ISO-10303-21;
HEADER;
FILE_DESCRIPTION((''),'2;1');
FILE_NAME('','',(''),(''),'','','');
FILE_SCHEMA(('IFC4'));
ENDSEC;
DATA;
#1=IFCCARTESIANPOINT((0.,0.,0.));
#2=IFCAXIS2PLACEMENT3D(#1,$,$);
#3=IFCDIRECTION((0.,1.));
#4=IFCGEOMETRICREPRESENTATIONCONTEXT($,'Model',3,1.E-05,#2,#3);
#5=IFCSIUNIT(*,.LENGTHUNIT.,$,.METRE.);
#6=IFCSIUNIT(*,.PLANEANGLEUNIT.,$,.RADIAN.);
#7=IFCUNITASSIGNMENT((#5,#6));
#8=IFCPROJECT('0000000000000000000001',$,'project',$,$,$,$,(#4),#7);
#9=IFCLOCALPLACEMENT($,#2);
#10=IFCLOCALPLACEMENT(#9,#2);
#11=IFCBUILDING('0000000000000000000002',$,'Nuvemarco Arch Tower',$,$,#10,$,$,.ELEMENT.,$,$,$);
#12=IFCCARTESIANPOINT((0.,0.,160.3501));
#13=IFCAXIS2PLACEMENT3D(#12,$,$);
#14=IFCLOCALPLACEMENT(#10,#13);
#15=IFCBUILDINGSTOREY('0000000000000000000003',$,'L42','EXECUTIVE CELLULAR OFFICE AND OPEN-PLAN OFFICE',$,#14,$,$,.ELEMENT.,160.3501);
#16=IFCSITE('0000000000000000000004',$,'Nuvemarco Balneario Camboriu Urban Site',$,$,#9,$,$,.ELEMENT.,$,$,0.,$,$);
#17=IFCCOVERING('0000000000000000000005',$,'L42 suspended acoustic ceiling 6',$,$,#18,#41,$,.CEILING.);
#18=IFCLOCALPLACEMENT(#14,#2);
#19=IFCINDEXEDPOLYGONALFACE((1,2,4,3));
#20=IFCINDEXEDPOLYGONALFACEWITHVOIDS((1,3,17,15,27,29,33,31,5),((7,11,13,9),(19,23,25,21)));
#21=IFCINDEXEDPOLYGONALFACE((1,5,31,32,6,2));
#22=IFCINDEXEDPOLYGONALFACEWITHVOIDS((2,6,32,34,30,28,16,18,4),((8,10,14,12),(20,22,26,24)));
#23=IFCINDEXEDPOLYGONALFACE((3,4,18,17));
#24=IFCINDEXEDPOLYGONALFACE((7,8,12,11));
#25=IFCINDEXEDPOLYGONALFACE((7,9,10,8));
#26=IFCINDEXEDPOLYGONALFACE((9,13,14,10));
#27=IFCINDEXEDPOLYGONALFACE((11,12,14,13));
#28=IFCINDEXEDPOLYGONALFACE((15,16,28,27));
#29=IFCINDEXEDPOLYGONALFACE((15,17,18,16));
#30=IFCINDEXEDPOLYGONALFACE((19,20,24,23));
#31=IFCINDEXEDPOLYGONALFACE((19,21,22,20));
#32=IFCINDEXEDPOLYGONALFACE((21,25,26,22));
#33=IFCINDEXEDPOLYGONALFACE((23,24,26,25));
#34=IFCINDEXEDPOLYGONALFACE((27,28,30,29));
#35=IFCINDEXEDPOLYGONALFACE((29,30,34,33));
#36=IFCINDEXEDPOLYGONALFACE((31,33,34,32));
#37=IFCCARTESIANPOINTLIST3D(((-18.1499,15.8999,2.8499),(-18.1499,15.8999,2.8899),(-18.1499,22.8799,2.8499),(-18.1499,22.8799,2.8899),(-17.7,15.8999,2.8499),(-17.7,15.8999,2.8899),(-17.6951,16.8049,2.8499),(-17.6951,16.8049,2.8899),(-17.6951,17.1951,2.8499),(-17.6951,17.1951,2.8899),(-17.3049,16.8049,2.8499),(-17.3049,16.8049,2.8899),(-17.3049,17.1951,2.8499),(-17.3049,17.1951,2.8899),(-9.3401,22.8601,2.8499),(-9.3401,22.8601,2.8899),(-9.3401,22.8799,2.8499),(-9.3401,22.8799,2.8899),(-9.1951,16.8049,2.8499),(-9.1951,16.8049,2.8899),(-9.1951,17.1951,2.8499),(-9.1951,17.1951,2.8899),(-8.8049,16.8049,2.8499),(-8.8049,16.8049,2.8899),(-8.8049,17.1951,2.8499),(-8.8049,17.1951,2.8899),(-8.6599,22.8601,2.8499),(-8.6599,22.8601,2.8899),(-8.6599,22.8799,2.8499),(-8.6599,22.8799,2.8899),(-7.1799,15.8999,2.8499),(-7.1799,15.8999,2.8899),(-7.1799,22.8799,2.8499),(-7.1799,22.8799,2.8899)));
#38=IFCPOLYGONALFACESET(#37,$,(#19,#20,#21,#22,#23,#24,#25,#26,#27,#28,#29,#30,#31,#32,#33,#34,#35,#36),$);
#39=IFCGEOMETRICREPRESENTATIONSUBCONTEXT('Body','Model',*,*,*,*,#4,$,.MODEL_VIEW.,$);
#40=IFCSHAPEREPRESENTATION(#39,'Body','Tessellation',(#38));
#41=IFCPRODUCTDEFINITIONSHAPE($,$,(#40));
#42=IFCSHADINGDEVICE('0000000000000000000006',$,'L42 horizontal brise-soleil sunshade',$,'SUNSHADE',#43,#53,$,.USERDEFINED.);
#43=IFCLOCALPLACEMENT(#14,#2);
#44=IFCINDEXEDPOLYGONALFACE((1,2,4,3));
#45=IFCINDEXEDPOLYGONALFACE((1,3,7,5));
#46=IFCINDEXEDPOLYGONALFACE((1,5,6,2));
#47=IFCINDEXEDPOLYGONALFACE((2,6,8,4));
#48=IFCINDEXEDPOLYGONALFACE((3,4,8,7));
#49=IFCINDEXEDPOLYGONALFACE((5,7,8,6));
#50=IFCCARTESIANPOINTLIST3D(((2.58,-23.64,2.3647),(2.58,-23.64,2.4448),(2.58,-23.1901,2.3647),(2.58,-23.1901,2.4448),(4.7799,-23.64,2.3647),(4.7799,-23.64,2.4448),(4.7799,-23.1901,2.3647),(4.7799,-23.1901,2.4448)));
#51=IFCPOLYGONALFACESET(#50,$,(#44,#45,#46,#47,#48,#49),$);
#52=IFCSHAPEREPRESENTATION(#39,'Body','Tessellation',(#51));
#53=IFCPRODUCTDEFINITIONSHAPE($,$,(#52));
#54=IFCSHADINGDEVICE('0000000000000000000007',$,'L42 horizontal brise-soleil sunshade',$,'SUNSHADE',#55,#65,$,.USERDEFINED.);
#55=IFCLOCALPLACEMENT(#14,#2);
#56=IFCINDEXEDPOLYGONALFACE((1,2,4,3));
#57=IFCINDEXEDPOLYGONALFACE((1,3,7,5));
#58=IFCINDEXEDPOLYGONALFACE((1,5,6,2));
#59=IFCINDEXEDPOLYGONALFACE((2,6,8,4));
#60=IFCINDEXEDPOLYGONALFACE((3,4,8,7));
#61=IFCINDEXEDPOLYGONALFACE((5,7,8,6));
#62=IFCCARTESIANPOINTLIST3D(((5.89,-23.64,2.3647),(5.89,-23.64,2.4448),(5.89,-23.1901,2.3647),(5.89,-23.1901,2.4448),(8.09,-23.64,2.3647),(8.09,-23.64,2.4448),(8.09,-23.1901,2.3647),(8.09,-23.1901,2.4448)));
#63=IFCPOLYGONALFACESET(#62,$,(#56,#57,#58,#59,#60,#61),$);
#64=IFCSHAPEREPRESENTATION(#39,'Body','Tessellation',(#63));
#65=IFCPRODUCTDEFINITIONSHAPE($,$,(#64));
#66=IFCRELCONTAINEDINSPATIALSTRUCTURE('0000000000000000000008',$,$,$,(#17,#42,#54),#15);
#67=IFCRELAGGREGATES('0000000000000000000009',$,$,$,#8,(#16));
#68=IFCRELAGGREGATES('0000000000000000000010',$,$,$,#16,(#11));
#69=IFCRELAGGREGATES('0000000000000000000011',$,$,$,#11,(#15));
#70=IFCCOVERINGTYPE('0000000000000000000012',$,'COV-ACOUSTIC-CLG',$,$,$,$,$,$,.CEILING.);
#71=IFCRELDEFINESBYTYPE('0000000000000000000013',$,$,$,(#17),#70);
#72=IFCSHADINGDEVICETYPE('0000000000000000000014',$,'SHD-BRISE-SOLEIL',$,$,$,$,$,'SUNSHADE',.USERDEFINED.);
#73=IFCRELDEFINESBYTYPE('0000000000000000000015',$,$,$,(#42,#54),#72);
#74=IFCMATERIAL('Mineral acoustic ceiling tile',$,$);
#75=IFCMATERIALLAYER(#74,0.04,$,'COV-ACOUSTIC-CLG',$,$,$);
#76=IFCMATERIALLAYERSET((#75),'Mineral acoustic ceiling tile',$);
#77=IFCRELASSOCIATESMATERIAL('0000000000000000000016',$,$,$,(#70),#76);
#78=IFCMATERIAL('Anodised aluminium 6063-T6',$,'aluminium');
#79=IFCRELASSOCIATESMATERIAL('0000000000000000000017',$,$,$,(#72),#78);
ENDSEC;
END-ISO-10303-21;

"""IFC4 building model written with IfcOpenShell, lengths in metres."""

from ifc_helpers import new_model, si_unit, direction, frame, origin, origin_2d, place, context, subcontext, project, spatial, polyline, rectangle, outline, extrude, source, transform, mapped, material, layer, layer_set, type_object, type_shapes, element, save


model = new_model("IFC4")

# Units and contexts
model_context = context("Model", 3, precision=1e-05, world=origin(), true_north=direction((0.0, 1.0)))
body_context = subcontext(model_context, "Body", "Model", "MODEL_VIEW")
ifc_project = project(units=[si_unit("LENGTHUNIT", "METRE"), si_unit("PLANEANGLEUNIT", "RADIAN")], contexts=[model_context])

# Site, building, storey
site_placement = place(None, origin())
site = spatial("IfcSite", under=ifc_project, at=site_placement, Name="Nuvemarco Balneario Camboriu Urban Site", CompositionType="ELEMENT", RefElevation=0.0)
building_placement = place(site_placement, origin())
building = spatial("IfcBuilding", under=site, at=building_placement, Name="Nuvemarco Arch Tower", CompositionType="ELEMENT")
storey_placement = place(building_placement, frame((0.0, 0.0, 160.3501)))
storey = spatial("IfcBuildingStorey", under=building, at=storey_placement, Name="L42", Description="EXECUTIVE CELLULAR OFFICE AND OPEN-PLAN OFFICE", CompositionType="ELEMENT", Elevation=160.3501)

# Covering
ifc_material_1 = material(Name="Mineral acoustic ceiling tile")
ifc_layer_1 = layer(ifc_material_1, 0.04, Name="COV-ACOUSTIC-CLG")
ifc_layer_set_1 = layer_set([ifc_layer_1], Name="Mineral acoustic ceiling tile")
covering_type = type_object("IfcCoveringType", Name="COV-ACOUSTIC-CLG", PredefinedType="CEILING", material=ifc_layer_set_1)
covering_1_placement = place(storey_placement, frame((0.0, 0.0, 2.8499)))
element("IfcCovering", 1, at=covering_1_placement, inside=storey, type_object=covering_type, Name="L42 suspended acoustic ceiling 6", PredefinedType="CEILING", context=body_context, shape_type="SweptSolid", body=[
    extrude(outline(polyline([(-9.3401, 22.8601), (-8.6599, 22.8601), (-8.6599, 22.8799), (-7.1799, 22.8799), (-7.1799, 15.8999), (-17.7, 15.8999), (-18.1499, 15.8999), (-18.1499, 22.8799), (-9.3401, 22.8799), (-9.3401, 22.8601)]), holes=[polyline([(-17.3049, 16.8049), (-17.3049, 17.1951), (-17.6951, 17.1951), (-17.6951, 16.8049), (-17.3049, 16.8049)]), polyline([(-8.8049, 16.8049), (-8.8049, 17.1951), (-9.1951, 17.1951), (-9.1951, 16.8049), (-8.8049, 16.8049)])]), origin(), (0.0, 0.0, 1.0), 0.04),
])

# Shading devices
ifc_material_2 = material(Name="Anodised aluminium 6063-T6", Category="aluminium")
shading_device_type = type_object("IfcShadingDeviceType", Name="SHD-BRISE-SOLEIL", ElementType="SUNSHADE", PredefinedType="USERDEFINED", material=ifc_material_2)
shared_shape_1 = source(origin(), body_context, "Body", "SweptSolid", [
    extrude(rectangle(XDim=2.2, YDim=0.45, at=origin_2d()), origin(), (0.0, 0.0, 1.0), 0.0801),
])
type_shapes(shading_device_type, [shared_shape_1])
for number, where, z_axis, x_axis, name in (
    (2, (3.6799, -23.415, 2.3647), (0.0, 0.0, 1.0), (1.0, 0.0, 0.0), "L42 horizontal brise-soleil sunshade"),
    (3, (6.99, -23.415, 2.3647), (0.0, 0.0, 1.0), (1.0, 0.0, 0.0), "L42 horizontal brise-soleil sunshade"),
):
    element("IfcShadingDevice", number, at=place(storey_placement, frame(where, z_axis=z_axis, x_axis=x_axis)), inside=storey, type_object=shading_device_type, Name=name, ObjectType="SUNSHADE", PredefinedType="USERDEFINED", context=body_context, shape_type="MappedRepresentation", body=[
        mapped(shared_shape_1, transform((0.0, 0.0, 0.0), scale=1.0)),
    ])

save(model, "model.ifc")
